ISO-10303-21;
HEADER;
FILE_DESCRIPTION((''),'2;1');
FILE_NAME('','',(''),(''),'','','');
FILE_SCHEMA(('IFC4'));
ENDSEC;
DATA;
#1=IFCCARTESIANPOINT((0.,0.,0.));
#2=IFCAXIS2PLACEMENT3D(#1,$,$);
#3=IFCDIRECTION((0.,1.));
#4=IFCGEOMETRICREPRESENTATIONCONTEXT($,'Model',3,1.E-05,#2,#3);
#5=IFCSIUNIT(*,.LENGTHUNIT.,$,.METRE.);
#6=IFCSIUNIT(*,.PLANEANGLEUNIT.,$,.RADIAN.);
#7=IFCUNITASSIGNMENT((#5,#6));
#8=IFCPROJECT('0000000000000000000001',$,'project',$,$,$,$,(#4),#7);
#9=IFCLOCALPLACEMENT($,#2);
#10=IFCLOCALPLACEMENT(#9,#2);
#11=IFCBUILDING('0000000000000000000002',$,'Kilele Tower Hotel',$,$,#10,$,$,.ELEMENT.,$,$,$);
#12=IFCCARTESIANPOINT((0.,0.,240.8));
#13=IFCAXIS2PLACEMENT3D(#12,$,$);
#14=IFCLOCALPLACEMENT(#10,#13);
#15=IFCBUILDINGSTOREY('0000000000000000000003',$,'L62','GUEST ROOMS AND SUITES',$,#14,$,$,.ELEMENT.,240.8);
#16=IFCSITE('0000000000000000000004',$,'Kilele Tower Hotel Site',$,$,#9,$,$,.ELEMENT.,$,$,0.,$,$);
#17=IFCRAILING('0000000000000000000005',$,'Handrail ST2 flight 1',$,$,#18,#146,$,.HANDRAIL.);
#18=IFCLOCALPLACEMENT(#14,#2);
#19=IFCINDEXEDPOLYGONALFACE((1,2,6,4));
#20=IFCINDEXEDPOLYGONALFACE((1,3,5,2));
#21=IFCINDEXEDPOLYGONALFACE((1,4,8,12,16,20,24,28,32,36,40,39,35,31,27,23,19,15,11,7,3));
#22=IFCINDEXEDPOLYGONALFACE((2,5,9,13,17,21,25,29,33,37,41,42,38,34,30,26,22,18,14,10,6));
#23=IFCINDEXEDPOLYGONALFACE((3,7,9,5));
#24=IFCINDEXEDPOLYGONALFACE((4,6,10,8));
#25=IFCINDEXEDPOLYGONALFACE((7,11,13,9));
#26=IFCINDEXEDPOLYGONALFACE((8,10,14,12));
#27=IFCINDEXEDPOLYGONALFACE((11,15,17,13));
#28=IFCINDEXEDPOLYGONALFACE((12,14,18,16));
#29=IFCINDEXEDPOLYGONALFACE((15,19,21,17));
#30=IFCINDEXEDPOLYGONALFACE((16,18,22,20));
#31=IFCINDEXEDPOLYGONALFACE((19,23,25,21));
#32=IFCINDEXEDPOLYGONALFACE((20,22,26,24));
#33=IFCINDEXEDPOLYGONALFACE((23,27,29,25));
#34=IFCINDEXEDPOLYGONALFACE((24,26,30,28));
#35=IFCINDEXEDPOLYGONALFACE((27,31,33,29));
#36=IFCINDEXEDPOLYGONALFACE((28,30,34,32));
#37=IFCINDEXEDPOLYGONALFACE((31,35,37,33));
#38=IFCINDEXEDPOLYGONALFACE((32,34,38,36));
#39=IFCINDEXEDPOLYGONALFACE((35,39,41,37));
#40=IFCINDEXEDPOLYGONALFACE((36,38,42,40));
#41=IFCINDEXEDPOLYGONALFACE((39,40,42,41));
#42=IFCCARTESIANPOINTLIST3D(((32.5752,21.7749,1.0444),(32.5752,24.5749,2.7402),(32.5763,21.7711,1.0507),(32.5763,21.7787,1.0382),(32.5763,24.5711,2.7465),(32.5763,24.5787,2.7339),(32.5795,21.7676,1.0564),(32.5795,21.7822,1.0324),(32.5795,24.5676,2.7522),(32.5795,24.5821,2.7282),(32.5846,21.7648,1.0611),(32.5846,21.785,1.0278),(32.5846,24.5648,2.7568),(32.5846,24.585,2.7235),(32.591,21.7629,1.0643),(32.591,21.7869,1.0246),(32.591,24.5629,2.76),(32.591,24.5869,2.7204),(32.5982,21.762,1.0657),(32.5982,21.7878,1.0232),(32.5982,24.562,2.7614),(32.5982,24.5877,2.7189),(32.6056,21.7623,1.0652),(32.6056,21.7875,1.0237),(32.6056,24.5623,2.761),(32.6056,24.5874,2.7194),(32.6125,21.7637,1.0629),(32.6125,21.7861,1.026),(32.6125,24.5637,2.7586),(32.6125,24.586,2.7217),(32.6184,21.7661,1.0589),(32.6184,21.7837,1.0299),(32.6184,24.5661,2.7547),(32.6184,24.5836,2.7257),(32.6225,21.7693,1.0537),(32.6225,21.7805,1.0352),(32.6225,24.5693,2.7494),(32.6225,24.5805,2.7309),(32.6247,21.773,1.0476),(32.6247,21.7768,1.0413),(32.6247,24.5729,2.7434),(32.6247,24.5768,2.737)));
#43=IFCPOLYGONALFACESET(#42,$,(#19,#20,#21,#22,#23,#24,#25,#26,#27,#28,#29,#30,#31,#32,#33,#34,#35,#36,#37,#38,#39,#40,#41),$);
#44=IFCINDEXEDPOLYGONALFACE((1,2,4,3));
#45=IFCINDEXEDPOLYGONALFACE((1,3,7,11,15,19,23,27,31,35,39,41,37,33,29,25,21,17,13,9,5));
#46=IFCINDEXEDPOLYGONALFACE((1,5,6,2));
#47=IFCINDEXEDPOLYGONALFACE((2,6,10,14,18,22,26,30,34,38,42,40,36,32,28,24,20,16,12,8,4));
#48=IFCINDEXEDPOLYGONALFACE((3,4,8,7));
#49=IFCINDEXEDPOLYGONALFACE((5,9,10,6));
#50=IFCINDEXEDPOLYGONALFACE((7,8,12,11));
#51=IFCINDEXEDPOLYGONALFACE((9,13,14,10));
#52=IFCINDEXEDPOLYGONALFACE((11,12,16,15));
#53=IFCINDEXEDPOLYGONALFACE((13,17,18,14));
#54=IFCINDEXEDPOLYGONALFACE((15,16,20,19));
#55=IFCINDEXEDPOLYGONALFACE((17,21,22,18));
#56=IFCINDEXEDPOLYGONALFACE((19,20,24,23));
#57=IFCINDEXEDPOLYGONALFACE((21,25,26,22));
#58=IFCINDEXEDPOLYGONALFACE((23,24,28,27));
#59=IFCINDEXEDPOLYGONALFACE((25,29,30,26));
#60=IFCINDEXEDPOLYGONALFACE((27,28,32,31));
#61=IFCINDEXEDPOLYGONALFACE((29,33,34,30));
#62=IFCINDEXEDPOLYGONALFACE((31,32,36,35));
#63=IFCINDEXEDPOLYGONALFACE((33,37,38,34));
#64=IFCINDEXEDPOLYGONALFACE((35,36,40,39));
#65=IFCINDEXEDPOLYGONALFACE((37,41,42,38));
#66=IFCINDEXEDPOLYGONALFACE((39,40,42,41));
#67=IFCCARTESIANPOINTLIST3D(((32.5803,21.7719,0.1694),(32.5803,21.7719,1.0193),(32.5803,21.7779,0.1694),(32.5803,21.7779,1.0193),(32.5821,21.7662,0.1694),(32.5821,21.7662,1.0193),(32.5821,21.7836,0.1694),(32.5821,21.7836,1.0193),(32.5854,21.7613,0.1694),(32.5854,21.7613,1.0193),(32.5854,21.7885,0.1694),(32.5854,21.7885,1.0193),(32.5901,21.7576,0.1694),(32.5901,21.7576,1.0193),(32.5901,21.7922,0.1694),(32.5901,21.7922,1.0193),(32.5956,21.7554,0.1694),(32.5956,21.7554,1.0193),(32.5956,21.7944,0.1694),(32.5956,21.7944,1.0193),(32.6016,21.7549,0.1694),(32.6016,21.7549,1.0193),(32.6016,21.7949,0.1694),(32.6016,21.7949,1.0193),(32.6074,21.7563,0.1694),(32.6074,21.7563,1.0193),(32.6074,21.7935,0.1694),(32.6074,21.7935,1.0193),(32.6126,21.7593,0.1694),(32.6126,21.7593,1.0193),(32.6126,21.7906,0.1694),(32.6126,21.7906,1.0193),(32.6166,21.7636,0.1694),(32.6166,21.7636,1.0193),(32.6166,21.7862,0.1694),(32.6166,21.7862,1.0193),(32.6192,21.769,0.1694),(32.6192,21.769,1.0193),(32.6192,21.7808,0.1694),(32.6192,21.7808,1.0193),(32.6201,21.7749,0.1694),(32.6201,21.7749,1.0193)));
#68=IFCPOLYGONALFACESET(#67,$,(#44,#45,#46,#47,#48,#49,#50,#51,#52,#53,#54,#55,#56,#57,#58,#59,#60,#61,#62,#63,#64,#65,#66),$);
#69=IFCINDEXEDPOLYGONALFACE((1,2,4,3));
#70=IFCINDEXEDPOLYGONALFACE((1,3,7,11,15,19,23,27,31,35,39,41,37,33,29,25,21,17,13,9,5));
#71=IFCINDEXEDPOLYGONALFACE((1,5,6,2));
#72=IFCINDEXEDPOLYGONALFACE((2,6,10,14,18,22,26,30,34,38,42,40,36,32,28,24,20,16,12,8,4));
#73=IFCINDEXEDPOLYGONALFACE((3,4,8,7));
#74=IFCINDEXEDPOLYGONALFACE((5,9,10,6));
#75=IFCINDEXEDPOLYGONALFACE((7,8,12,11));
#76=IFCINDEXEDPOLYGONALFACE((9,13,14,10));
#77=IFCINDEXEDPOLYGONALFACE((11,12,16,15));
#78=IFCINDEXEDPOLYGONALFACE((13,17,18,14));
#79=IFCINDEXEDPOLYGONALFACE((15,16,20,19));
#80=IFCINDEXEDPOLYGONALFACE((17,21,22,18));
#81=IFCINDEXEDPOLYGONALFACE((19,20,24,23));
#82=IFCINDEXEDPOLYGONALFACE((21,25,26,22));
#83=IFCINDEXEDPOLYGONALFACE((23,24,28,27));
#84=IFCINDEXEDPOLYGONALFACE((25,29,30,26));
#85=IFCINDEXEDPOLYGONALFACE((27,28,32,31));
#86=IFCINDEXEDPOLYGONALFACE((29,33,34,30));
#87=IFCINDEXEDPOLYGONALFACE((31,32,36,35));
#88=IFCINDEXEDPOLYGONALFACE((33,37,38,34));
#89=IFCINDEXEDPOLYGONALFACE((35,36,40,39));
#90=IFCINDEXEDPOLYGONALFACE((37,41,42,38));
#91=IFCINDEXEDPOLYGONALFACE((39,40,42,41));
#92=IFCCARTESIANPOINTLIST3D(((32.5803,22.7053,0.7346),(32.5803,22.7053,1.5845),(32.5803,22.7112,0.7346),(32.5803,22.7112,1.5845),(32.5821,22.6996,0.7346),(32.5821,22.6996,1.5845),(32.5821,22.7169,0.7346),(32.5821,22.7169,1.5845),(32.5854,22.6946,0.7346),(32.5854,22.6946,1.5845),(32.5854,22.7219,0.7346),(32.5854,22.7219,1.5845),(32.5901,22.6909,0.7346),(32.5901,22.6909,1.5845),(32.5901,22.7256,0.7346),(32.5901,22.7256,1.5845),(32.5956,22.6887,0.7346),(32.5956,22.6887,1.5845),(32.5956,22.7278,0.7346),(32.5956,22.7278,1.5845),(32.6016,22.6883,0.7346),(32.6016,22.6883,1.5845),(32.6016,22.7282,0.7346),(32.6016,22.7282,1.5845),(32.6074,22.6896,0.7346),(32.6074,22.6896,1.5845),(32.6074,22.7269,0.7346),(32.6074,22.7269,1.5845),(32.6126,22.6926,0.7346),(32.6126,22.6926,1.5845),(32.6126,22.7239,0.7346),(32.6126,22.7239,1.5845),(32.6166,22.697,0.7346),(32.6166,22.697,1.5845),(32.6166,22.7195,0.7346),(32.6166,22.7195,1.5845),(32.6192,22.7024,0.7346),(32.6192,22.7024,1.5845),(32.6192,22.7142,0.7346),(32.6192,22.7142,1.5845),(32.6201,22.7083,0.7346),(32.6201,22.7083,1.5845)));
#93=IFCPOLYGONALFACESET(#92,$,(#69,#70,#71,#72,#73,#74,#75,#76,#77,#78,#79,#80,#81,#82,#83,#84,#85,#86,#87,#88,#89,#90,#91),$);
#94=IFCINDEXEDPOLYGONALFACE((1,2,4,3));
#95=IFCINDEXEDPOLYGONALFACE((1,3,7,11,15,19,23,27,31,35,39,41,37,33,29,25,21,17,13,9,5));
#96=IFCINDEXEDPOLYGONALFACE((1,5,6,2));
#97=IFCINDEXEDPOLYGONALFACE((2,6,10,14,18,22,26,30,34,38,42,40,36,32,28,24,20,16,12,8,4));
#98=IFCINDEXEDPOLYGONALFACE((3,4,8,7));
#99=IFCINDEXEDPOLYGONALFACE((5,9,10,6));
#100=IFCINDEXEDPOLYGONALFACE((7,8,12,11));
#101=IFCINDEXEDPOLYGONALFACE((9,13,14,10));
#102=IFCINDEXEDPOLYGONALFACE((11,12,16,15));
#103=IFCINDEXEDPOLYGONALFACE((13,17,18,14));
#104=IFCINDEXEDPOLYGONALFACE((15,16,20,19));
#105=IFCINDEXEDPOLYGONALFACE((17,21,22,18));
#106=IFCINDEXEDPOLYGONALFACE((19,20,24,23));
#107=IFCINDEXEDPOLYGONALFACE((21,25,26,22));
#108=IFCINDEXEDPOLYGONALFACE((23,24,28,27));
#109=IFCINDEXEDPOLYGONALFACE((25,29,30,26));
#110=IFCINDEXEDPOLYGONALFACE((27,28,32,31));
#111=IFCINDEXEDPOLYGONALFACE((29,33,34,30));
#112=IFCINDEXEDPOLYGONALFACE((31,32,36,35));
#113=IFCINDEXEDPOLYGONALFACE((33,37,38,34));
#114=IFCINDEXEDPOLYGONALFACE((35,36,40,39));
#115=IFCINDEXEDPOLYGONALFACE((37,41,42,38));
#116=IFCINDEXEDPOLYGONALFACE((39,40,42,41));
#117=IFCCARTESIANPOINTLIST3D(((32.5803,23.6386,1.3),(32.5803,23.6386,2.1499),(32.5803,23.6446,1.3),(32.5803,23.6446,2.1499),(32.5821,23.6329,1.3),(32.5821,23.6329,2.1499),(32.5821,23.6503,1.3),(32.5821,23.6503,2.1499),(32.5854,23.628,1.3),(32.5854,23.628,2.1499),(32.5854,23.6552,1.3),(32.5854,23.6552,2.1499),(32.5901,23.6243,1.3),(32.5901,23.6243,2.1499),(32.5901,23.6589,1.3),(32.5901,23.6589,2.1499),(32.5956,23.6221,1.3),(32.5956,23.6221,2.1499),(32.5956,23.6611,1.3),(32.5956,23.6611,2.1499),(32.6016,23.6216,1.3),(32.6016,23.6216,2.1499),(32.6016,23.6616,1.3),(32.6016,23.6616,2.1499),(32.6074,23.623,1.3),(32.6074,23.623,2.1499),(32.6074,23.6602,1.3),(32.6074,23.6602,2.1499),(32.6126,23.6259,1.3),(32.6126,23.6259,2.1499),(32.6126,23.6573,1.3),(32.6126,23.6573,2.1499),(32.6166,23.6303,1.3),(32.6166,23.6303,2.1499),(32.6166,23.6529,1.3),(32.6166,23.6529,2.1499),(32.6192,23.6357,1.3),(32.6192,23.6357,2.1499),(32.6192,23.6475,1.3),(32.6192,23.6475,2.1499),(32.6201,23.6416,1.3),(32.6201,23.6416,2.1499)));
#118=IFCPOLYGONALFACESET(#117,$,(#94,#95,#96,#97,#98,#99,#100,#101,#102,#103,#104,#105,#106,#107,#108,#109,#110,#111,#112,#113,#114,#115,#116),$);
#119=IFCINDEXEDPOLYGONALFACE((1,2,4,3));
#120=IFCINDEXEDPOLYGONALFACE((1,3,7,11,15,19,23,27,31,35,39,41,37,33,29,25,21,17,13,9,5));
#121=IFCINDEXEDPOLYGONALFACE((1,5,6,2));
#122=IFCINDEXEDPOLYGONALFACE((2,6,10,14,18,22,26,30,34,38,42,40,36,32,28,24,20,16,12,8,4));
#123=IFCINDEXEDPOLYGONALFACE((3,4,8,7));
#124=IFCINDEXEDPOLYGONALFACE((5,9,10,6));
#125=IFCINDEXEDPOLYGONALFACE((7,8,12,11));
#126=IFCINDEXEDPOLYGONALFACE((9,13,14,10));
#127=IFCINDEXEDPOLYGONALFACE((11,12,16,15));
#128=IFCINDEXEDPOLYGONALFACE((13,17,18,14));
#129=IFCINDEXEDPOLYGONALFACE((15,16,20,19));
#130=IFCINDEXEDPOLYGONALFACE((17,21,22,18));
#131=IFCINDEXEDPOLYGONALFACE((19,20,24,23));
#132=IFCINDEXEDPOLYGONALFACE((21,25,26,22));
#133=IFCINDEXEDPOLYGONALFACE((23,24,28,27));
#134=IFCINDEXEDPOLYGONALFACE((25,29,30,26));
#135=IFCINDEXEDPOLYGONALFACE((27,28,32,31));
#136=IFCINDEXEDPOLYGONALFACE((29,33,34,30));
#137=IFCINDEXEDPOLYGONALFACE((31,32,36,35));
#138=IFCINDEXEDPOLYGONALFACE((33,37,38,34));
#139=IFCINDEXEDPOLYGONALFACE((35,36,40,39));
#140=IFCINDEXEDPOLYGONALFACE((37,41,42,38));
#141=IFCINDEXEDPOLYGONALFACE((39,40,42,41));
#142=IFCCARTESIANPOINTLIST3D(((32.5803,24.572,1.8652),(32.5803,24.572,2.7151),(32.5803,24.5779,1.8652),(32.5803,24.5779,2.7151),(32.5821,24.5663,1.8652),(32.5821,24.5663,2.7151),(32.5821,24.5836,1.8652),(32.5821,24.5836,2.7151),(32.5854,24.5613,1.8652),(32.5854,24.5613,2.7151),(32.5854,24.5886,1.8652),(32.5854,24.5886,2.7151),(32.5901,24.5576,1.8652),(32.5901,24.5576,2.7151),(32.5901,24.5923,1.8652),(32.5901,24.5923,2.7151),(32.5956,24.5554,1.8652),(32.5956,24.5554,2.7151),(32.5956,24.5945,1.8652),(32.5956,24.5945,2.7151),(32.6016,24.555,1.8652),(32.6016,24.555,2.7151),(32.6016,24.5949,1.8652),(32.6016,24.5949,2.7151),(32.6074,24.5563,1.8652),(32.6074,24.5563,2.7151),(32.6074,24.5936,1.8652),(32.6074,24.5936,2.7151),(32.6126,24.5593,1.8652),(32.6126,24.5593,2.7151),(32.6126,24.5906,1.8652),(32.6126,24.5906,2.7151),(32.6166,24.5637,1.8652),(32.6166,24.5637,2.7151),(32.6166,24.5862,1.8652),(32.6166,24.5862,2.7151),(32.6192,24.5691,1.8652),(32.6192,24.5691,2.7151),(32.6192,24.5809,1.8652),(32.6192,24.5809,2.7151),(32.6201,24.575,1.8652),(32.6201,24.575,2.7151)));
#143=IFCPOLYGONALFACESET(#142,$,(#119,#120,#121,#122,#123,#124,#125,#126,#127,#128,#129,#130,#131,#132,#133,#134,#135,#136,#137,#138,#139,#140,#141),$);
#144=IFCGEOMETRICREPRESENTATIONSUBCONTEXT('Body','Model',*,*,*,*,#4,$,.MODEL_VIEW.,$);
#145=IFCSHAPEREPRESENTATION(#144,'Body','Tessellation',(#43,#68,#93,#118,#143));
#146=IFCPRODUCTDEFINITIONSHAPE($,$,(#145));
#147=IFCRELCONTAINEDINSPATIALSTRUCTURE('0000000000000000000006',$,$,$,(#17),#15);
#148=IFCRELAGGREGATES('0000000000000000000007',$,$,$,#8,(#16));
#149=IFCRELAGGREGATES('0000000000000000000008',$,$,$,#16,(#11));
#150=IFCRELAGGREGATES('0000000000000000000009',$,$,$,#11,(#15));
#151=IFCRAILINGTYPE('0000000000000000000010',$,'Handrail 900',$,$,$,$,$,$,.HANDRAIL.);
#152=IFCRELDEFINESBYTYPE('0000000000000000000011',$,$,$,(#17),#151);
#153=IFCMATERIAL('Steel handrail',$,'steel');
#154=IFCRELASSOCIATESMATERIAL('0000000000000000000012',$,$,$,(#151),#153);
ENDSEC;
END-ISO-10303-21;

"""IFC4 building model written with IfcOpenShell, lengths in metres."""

from ifc_helpers import new_model, si_unit, direction, frame, origin, origin_2d, place, context, subcontext, project, spatial, circle, extrude, material, type_object, element, save


model = new_model("IFC4")

# Units and contexts
model_context = context("Model", 3, precision=1e-05, world=origin(), true_north=direction((0.0, 1.0)))
body_context = subcontext(model_context, "Body", "Model", "MODEL_VIEW")
ifc_project = project(units=[si_unit("LENGTHUNIT", "METRE"), si_unit("PLANEANGLEUNIT", "RADIAN")], contexts=[model_context])

# Site, building, storey
site_placement = place(None, origin())
site = spatial("IfcSite", under=ifc_project, at=site_placement, Name="Kilele Tower Hotel Site", CompositionType="ELEMENT", RefElevation=0.0)
building_placement = place(site_placement, origin())
building = spatial("IfcBuilding", under=site, at=building_placement, Name="Kilele Tower Hotel", CompositionType="ELEMENT")
storey_placement = place(building_placement, frame((0.0, 0.0, 240.8)))
storey = spatial("IfcBuildingStorey", under=building, at=storey_placement, Name="L62", Description="GUEST ROOMS AND SUITES", CompositionType="ELEMENT", Elevation=240.8)

# Railing
ifc_material_1 = material(Name="Steel handrail", Category="steel")
railing_type_1 = type_object("IfcRailingType", Name="Handrail 900", PredefinedType="HANDRAIL", material=ifc_material_1)
for number, where, name in (
    (1, (32.6001, 21.7749, 0.1694), "Handrail ST2 flight 1"),
):
    element("IfcRailing", number, at=place(storey_placement, frame(where)), inside=storey, type_object=railing_type_1, Name=name, PredefinedType="HANDRAIL", context=body_context, shape_type="SweptSolid", body=[
        extrude(circle(Radius=0.0249, at=origin_2d()), frame((0.0, 0.0, 0.875), z_axis=(0.0, 0.85536, 0.518034), x_axis=(-1.0, 0.0, 0.0)), (0.0, 0.0, 1.0), 3.2734),
        extrude(circle(Radius=0.02, at=origin_2d()), origin(), (0.0, 0.0, 1.0), 0.8499),
        extrude(circle(Radius=0.02, at=origin_2d()), frame((0.0, 0.9333, 0.5652)), (0.0, 0.0, 1.0), 0.8499),
        extrude(circle(Radius=0.02, at=origin_2d()), frame((0.0, 1.8667, 1.1306)), (0.0, 0.0, 1.0), 0.8499),
        extrude(circle(Radius=0.02, at=origin_2d()), frame((0.0, 2.8, 1.6958)), (0.0, 0.0, 1.0), 0.8499),
    ])

save(model, "model.ifc")
